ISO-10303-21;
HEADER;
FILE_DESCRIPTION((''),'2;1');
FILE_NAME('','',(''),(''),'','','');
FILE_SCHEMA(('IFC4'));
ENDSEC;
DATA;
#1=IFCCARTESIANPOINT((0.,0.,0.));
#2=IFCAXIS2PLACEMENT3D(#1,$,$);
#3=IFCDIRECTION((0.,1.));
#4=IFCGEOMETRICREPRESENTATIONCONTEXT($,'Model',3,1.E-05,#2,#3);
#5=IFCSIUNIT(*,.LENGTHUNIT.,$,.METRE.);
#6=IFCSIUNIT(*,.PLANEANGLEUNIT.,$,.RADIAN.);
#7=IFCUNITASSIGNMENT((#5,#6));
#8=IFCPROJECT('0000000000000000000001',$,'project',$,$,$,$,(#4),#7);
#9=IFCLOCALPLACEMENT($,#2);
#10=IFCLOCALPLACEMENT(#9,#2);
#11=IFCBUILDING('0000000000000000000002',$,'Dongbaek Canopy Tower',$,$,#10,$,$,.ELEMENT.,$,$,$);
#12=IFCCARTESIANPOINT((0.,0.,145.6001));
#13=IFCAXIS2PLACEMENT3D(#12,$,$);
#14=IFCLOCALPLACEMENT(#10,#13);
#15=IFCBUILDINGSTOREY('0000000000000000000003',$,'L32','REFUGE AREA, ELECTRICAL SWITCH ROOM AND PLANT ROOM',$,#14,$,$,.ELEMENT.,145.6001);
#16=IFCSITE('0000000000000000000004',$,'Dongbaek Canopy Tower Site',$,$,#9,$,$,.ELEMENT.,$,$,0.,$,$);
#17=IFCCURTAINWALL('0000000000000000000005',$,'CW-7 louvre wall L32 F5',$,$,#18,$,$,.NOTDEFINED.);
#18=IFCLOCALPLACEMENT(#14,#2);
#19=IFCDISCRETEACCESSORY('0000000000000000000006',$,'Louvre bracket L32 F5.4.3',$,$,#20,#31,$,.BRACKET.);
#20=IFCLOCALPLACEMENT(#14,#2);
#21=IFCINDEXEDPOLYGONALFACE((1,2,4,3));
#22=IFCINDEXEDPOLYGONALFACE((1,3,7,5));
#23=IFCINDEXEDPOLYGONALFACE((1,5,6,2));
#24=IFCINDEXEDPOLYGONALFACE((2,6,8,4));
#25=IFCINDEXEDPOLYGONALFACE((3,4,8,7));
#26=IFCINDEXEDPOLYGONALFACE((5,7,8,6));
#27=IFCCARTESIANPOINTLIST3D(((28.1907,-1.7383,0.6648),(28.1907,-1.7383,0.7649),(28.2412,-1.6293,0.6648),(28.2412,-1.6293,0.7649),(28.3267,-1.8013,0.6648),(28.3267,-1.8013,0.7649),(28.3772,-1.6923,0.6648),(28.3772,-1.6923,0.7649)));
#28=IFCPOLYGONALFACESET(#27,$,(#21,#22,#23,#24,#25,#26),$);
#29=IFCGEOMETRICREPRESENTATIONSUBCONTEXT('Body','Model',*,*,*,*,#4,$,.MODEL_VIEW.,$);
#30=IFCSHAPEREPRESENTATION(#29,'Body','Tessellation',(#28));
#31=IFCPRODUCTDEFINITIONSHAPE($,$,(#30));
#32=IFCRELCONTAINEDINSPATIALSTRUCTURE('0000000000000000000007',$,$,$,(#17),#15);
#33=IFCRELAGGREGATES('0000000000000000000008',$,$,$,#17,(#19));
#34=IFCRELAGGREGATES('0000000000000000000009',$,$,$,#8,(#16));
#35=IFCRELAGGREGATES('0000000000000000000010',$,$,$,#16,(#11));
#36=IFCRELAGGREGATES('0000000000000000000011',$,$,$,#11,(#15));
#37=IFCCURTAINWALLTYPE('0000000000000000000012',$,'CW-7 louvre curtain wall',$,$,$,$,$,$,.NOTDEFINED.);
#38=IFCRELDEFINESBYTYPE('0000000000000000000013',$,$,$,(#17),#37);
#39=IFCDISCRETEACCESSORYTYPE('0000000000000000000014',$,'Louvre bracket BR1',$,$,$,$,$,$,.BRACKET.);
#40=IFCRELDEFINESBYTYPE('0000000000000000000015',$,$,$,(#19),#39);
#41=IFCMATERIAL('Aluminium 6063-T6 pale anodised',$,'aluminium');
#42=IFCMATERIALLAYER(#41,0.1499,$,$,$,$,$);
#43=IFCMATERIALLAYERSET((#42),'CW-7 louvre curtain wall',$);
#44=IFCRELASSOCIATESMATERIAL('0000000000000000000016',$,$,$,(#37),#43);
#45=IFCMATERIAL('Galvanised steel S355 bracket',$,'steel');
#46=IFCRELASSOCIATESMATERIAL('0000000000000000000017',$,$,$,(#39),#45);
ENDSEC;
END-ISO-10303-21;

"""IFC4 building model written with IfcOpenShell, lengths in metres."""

from ifc_helpers import new_model, si_unit, direction, frame, origin, origin_2d, place, context, subcontext, project, spatial, rectangle, extrude, material, layer, layer_set, type_object, element, aggregate, save


model = new_model("IFC4")

# Units and contexts
model_context = context("Model", 3, precision=1e-05, world=origin(), true_north=direction((0.0, 1.0)))
body_context = subcontext(model_context, "Body", "Model", "MODEL_VIEW")
ifc_project = project(units=[si_unit("LENGTHUNIT", "METRE"), si_unit("PLANEANGLEUNIT", "RADIAN")], contexts=[model_context])

# Site, building, storey
site_placement = place(None, origin())
site = spatial("IfcSite", under=ifc_project, at=site_placement, Name="Dongbaek Canopy Tower Site", CompositionType="ELEMENT", RefElevation=0.0)
building_placement = place(site_placement, origin())
building = spatial("IfcBuilding", under=site, at=building_placement, Name="Dongbaek Canopy Tower", CompositionType="ELEMENT")
storey_placement = place(building_placement, frame((0.0, 0.0, 145.6001)))
storey = spatial("IfcBuildingStorey", under=building, at=storey_placement, Name="L32", Description="REFUGE AREA, ELECTRICAL SWITCH ROOM AND PLANT ROOM", CompositionType="ELEMENT", Elevation=145.6001)

# Curtain wall
ifc_material_1 = material(Name="Aluminium 6063-T6 pale anodised", Category="aluminium")
ifc_layer_1 = layer(ifc_material_1, 0.1499)
ifc_layer_set_1 = layer_set([ifc_layer_1], Name="CW-7 louvre curtain wall")
curtain_wall_type = type_object("IfcCurtainWallType", Name="CW-7 louvre curtain wall", PredefinedType="NOTDEFINED", material=ifc_layer_set_1)
curtain_wall_placement = place(storey_placement, origin())
curtain_wall = element("IfcCurtainWall", 1, at=curtain_wall_placement, inside=storey, type_object=curtain_wall_type, Name="CW-7 louvre wall L32 F5", PredefinedType="NOTDEFINED")

# Discrete accessory
ifc_material_2 = material(Name="Galvanised steel S355 bracket", Category="steel")
discrete_accessory_type = type_object("IfcDiscreteAccessoryType", Name="Louvre bracket BR1", PredefinedType="BRACKET", material=ifc_material_2)
discrete_accessory_1_placement = place(storey_placement, frame((28.2839, -1.7153, 0.6648), z_axis=(0.0, 0.0, 1.0), x_axis=(0.420334, 0.907369, 0.0)))
discrete_accessory_1 = element("IfcDiscreteAccessory", 2, at=discrete_accessory_1_placement, type_object=discrete_accessory_type, Name="Louvre bracket L32 F5.4.3", PredefinedType="BRACKET", context=body_context, shape_type="SweptSolid", body=[
    extrude(rectangle(XDim=0.1201, YDim=0.1499, at=origin_2d()), origin(), (0.0, 0.0, 1.0), 0.1001),
])
aggregate(curtain_wall, [discrete_accessory_1])

save(model, "model.ifc")
